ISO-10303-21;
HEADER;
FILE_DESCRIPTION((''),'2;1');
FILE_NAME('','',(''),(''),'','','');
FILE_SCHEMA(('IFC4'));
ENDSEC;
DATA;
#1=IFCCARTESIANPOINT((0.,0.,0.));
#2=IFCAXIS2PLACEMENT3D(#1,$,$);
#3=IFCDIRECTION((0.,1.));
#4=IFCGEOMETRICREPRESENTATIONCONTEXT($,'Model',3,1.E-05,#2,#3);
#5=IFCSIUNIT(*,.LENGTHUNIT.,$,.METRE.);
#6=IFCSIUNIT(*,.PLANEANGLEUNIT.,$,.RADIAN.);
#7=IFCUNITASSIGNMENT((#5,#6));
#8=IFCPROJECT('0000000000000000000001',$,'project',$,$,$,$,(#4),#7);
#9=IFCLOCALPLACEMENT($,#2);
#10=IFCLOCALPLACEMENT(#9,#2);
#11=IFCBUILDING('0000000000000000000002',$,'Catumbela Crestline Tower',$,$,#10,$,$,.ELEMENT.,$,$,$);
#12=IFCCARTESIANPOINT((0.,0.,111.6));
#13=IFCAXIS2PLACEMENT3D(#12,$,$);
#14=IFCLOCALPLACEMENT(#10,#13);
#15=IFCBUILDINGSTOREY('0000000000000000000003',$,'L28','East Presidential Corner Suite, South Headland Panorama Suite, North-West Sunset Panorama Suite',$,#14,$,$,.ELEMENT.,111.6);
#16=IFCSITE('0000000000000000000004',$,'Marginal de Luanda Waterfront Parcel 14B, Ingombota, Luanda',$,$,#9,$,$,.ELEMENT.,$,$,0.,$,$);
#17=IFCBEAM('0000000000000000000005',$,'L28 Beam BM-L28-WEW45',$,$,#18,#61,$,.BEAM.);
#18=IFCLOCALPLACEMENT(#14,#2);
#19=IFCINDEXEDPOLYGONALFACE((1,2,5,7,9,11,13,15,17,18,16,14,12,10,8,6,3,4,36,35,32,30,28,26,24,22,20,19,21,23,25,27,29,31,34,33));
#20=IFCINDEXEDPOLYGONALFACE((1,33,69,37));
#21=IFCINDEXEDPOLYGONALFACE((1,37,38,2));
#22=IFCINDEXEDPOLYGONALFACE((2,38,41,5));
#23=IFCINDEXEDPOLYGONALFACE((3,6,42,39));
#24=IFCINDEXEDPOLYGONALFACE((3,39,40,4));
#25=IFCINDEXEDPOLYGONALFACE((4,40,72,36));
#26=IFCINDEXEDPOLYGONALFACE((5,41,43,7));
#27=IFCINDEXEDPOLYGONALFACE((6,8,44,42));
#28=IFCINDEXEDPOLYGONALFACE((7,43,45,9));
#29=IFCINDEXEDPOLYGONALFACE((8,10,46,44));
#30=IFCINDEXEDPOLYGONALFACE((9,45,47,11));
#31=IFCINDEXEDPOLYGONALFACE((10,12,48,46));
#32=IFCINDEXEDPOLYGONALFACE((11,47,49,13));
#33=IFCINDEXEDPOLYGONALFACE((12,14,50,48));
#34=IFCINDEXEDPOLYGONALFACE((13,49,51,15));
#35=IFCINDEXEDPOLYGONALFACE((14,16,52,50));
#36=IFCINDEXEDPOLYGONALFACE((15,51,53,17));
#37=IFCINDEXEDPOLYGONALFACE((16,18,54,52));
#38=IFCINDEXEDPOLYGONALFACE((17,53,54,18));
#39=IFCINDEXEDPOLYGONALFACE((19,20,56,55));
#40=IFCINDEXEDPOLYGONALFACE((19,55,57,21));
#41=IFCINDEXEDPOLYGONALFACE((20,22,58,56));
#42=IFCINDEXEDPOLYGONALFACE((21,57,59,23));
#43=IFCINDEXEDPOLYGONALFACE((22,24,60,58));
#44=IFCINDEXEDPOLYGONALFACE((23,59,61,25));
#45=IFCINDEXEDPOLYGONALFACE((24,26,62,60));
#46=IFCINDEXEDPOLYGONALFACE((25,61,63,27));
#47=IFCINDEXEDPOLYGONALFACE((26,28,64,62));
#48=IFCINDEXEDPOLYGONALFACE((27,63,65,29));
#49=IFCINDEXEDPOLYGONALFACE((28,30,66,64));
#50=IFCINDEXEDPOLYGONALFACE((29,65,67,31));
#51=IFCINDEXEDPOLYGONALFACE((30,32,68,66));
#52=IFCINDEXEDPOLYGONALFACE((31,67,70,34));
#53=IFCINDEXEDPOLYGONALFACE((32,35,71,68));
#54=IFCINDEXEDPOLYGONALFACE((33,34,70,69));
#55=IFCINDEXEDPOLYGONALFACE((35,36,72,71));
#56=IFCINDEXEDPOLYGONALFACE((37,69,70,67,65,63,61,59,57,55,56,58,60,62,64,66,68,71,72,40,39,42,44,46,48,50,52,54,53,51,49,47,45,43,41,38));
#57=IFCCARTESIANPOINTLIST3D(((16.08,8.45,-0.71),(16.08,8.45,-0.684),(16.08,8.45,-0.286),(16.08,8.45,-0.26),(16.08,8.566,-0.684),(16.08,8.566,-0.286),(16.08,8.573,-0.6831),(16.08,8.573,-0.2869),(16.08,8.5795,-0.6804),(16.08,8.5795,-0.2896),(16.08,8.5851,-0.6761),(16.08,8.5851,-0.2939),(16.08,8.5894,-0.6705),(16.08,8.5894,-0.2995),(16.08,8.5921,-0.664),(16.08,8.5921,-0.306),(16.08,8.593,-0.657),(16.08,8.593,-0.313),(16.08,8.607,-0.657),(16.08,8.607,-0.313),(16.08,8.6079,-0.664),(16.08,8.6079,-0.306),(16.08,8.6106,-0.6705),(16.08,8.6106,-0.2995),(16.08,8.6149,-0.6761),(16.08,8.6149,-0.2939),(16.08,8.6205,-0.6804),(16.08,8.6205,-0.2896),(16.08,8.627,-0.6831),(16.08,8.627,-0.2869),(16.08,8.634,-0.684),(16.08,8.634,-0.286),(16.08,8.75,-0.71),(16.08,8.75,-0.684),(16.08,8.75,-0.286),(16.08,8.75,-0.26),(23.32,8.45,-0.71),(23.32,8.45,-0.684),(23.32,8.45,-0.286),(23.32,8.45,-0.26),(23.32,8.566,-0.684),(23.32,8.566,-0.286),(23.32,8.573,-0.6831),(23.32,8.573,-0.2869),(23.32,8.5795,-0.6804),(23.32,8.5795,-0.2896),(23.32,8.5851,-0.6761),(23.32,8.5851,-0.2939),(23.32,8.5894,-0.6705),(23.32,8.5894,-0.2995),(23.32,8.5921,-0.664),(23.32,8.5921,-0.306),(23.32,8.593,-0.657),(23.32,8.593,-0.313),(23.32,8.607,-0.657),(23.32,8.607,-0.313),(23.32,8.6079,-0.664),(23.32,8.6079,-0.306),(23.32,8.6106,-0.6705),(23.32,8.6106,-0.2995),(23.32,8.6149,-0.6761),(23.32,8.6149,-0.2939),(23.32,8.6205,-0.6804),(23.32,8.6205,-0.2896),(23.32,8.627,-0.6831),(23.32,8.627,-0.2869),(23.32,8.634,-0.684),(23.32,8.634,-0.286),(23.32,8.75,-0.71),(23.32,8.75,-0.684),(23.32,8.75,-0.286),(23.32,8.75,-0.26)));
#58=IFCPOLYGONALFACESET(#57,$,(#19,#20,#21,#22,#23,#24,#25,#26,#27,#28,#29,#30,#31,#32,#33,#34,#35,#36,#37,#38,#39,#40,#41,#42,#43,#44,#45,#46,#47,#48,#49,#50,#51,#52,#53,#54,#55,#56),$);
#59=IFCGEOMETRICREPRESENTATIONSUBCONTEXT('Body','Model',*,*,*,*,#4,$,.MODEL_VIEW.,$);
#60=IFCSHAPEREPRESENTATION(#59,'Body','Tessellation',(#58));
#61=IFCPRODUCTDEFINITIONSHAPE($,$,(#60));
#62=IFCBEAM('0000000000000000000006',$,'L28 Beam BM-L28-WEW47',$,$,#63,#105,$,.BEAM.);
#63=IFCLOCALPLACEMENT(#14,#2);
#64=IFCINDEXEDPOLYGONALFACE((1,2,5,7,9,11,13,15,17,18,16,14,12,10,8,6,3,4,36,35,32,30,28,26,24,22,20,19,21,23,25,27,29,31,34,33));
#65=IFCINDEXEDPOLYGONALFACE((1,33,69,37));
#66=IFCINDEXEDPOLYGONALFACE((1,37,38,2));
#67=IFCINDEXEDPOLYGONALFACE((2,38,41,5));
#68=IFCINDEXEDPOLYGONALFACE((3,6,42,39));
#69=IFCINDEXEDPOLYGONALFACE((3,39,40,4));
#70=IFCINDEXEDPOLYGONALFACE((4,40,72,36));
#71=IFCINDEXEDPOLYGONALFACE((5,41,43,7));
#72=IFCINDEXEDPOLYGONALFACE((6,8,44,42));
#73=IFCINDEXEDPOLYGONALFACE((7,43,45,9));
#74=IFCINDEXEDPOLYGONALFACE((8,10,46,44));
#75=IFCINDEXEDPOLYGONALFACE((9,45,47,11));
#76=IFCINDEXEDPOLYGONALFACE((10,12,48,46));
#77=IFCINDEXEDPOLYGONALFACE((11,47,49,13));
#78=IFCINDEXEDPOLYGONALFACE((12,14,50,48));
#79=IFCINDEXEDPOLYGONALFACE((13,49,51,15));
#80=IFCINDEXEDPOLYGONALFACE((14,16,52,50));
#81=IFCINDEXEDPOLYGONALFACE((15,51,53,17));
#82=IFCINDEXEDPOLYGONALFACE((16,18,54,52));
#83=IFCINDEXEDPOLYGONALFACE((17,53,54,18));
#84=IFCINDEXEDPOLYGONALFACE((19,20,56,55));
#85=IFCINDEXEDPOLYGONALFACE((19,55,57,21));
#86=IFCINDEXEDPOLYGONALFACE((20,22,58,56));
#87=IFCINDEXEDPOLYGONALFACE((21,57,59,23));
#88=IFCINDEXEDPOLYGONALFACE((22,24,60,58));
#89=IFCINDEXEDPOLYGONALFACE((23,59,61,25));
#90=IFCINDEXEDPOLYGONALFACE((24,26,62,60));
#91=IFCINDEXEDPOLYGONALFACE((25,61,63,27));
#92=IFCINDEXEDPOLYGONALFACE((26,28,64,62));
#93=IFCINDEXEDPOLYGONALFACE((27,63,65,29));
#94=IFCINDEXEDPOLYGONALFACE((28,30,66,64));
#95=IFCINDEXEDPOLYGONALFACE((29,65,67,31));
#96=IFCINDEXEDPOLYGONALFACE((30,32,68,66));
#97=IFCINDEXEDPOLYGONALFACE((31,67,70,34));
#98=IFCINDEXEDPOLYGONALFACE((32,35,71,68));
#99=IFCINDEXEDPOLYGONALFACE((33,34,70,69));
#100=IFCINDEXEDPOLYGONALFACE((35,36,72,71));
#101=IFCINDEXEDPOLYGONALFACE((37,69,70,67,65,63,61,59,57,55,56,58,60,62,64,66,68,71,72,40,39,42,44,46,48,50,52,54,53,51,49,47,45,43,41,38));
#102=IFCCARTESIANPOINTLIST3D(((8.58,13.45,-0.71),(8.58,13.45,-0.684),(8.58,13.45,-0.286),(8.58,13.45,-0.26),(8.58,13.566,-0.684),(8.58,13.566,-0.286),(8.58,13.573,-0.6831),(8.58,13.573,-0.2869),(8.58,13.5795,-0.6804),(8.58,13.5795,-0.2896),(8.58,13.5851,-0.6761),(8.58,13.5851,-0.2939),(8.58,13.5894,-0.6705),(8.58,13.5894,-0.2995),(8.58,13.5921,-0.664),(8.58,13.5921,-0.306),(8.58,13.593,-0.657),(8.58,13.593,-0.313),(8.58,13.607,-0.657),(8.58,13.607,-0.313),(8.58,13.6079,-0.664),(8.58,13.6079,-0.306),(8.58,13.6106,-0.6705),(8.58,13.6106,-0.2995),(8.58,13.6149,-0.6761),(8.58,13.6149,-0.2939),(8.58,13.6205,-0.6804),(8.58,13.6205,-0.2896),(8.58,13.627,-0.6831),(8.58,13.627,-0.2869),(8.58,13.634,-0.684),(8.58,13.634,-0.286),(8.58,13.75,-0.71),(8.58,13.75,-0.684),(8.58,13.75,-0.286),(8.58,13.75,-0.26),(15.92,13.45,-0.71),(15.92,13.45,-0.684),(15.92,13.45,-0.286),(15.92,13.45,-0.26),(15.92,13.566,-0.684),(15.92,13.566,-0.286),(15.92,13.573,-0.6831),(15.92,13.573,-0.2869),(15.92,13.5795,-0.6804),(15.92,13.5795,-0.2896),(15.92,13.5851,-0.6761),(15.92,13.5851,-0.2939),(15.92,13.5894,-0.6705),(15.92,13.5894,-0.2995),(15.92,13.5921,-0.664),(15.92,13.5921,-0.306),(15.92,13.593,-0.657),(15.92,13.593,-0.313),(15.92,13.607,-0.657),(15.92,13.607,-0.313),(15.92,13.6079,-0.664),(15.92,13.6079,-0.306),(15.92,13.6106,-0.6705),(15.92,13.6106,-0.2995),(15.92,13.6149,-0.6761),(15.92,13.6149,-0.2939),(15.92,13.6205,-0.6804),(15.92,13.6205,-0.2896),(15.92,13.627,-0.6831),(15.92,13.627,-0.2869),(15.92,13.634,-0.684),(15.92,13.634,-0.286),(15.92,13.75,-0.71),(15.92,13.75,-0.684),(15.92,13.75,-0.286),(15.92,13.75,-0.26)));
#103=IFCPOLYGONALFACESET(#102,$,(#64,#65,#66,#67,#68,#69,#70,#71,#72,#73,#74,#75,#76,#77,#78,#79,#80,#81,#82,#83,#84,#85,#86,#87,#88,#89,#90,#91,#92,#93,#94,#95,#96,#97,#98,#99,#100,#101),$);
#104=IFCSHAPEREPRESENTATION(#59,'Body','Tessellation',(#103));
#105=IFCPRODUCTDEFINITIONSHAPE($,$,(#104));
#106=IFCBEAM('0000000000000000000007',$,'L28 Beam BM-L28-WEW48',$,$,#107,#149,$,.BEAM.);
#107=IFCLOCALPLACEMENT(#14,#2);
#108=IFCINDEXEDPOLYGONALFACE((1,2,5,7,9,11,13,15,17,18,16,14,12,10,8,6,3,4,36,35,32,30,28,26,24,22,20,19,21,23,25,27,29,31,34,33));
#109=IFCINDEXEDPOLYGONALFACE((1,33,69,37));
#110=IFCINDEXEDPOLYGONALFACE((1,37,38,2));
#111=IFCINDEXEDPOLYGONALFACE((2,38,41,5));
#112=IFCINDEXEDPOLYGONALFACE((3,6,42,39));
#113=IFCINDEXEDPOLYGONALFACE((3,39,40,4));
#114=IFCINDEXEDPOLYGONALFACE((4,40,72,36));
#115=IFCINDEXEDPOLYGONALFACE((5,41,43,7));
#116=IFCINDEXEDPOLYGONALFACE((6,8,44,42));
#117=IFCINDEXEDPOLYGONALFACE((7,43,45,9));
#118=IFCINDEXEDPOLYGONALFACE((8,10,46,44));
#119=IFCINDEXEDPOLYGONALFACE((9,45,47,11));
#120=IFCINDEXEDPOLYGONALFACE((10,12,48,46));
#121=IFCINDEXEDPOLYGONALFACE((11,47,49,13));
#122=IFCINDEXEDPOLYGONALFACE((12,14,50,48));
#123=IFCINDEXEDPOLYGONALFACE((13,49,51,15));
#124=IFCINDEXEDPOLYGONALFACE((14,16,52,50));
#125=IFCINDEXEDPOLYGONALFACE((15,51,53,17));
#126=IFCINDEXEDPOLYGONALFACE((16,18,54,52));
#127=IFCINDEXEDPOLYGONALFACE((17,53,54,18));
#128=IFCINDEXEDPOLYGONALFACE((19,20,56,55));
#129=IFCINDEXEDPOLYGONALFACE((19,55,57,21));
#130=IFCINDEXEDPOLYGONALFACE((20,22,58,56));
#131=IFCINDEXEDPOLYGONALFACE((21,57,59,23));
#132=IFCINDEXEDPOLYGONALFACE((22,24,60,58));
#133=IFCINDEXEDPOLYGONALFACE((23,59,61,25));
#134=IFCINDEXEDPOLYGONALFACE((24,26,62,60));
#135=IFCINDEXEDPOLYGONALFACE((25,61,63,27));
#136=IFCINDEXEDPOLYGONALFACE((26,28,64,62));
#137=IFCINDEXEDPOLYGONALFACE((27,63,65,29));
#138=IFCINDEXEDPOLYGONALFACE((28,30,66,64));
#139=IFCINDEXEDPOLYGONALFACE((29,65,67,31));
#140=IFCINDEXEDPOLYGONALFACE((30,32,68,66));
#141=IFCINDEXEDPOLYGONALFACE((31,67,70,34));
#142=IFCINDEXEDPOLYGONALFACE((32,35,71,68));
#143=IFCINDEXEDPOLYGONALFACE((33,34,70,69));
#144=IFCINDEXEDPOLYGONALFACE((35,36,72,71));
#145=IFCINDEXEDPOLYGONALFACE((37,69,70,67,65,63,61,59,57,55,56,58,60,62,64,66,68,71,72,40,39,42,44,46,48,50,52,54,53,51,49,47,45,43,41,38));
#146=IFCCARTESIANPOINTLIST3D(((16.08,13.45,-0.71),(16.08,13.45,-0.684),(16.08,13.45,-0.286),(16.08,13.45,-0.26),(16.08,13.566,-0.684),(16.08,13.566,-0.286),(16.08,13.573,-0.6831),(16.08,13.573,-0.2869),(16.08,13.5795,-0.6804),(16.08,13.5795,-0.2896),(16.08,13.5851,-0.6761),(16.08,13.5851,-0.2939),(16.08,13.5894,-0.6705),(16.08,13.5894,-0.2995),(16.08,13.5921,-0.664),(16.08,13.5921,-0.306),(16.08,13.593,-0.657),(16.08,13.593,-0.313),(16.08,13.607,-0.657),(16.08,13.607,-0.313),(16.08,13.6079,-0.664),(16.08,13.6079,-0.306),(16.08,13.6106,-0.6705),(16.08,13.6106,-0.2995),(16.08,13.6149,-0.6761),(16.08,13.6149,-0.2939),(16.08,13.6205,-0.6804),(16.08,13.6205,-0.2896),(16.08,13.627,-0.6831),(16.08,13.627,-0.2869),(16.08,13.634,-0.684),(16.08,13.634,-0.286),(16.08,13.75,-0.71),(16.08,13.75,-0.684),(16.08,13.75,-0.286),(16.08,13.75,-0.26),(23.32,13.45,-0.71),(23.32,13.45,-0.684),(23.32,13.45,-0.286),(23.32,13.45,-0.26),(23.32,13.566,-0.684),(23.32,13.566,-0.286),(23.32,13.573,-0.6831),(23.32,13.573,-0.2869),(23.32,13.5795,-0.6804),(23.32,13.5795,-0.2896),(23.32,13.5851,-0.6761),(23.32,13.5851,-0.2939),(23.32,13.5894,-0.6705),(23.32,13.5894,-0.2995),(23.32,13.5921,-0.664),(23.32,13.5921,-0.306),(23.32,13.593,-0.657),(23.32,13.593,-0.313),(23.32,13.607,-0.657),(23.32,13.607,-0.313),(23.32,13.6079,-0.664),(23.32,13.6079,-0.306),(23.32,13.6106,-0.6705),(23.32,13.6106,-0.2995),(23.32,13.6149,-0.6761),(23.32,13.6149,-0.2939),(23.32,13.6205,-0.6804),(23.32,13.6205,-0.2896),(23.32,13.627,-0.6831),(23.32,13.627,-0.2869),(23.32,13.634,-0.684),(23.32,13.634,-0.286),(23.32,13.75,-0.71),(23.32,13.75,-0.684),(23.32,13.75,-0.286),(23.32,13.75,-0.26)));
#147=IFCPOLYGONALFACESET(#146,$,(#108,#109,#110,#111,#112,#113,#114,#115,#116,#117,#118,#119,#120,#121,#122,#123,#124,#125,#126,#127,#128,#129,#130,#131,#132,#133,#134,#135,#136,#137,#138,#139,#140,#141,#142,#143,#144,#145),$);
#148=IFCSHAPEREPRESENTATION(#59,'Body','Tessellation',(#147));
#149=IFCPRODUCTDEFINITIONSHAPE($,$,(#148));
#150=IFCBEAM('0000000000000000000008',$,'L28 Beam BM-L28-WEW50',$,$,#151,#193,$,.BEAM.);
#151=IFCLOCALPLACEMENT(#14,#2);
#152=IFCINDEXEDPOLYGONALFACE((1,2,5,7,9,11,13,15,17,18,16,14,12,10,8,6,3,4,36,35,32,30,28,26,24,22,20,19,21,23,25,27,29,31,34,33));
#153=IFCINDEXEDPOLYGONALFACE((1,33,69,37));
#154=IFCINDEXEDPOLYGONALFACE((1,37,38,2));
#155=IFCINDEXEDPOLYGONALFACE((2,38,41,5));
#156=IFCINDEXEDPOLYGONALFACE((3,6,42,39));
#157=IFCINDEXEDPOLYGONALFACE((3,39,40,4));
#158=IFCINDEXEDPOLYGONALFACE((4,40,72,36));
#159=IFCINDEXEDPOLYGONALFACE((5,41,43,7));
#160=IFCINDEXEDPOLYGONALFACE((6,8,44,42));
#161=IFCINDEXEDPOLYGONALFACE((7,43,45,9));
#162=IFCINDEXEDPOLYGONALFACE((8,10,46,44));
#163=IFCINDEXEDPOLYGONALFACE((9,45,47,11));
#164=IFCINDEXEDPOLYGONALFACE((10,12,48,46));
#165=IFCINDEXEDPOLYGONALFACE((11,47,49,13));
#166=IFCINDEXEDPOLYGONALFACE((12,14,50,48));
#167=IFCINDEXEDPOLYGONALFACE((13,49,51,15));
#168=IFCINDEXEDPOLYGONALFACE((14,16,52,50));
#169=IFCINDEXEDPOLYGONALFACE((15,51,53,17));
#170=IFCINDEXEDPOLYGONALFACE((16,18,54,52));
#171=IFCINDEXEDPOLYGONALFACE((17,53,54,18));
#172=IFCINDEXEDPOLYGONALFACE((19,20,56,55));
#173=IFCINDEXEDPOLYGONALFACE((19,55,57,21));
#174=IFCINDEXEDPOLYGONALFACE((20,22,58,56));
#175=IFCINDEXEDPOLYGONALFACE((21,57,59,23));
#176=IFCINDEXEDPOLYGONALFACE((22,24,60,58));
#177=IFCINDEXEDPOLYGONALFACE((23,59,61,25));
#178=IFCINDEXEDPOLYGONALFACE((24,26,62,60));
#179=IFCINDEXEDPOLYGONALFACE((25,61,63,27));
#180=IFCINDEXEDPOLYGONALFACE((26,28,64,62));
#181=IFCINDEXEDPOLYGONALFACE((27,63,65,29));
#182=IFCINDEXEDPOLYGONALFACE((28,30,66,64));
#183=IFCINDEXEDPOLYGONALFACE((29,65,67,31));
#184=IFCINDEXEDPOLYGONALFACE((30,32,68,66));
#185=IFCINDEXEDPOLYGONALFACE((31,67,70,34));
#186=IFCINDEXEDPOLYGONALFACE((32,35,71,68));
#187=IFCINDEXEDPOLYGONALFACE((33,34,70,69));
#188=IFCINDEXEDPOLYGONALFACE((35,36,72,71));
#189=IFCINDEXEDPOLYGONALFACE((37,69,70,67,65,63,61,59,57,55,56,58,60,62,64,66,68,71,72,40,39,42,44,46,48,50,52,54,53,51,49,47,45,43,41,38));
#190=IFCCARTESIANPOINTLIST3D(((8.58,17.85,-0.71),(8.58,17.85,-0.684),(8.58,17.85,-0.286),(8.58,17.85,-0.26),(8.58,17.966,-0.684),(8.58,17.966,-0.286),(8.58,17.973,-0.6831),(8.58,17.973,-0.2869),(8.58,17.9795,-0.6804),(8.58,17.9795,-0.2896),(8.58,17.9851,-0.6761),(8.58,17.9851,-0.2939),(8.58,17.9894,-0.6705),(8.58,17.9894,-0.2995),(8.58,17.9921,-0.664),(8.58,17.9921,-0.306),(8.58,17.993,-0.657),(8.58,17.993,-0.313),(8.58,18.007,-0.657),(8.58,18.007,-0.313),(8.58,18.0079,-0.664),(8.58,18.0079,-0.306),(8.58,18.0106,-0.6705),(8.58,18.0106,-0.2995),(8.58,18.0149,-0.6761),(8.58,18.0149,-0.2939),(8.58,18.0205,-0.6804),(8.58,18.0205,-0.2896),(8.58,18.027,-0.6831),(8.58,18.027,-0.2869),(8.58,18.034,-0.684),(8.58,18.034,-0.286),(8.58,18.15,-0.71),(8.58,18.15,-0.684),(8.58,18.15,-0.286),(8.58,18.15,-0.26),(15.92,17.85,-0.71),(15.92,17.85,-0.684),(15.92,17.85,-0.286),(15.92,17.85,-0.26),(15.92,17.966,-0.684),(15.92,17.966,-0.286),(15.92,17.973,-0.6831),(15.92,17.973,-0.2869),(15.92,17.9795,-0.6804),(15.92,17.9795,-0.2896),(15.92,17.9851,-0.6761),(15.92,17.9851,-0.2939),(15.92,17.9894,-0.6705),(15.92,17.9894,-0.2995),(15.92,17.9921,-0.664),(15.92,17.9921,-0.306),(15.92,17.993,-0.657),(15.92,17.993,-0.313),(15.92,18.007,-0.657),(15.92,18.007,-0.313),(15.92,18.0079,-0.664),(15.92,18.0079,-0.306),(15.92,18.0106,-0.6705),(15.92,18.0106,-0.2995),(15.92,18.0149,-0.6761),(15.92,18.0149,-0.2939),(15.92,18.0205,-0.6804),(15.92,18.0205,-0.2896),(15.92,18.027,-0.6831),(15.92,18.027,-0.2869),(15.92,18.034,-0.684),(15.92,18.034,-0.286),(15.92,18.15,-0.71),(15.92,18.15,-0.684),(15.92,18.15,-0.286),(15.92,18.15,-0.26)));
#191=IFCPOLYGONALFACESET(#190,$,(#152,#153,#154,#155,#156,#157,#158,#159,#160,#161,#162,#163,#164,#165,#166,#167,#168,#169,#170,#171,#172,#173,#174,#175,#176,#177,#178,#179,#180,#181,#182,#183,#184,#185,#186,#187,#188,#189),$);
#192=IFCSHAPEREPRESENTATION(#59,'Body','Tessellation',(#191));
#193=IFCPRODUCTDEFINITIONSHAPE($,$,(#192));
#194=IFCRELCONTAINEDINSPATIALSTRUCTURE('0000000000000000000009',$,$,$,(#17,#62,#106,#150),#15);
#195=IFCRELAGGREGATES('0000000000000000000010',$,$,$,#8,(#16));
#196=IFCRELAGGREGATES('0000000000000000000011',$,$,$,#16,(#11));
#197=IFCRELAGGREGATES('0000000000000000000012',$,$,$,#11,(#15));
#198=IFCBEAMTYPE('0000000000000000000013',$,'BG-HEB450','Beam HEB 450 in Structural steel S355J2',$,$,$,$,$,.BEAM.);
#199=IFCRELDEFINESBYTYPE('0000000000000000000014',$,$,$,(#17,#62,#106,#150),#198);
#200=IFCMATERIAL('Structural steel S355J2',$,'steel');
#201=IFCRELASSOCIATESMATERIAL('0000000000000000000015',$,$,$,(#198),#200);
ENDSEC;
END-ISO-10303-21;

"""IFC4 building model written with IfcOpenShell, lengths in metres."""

from ifc_helpers import new_model, si_unit, direction, frame, origin, origin_2d, place, context, subcontext, project, spatial, i_section, extrude, material, material_profile, profile_set, type_object, element, save


model = new_model("IFC4")

# Units and contexts
model_context = context("Model", 3, precision=1e-05, world=origin(), true_north=direction((0.0, 1.0)))
body_context = subcontext(model_context, "Body", "Model", "MODEL_VIEW")
ifc_project = project(units=[si_unit("LENGTHUNIT", "METRE"), si_unit("PLANEANGLEUNIT", "RADIAN")], contexts=[model_context])

# Site, building, storey
site_placement = place(None, origin())
site = spatial("IfcSite", under=ifc_project, at=site_placement, Name="Marginal de Luanda Waterfront Parcel 14B, Ingombota, Luanda", CompositionType="ELEMENT", RefElevation=0.0)
building_placement = place(site_placement, origin())
building = spatial("IfcBuilding", under=site, at=building_placement, Name="Catumbela Crestline Tower", CompositionType="ELEMENT")
storey_placement = place(building_placement, frame((0.0, 0.0, 111.6)))
storey = spatial("IfcBuildingStorey", under=building, at=storey_placement, Name="L28", Description="East Presidential Corner Suite, South Headland Panorama Suite, North-West Sunset Panorama Suite", CompositionType="ELEMENT", Elevation=111.6)

# Beams
ifc_material_1 = material(Name="Structural steel S355J2", Category="steel")
ifc_material_profile_1 = material_profile(ifc_material_1, i_section(OverallWidth=0.3, OverallDepth=0.45, WebThickness=0.014, FlangeThickness=0.026, FilletRadius=0.027, at=origin_2d()), Name="HEB 450")
ifc_profile_set_1 = profile_set([ifc_material_profile_1], Name="Structural steel S355J2")
beam_type_1 = type_object("IfcBeamType", Name="BG-HEB450", Description="Beam HEB 450 in Structural steel S355J2", PredefinedType="BEAM", material=ifc_profile_set_1)
beam_1_placement = place(storey_placement, frame((16.08, 8.6, -0.485), z_axis=(1.0, 0.0, 0.0), x_axis=(0.0, 1.0, 0.0)))
element("IfcBeam", 1, at=beam_1_placement, inside=storey, type_object=beam_type_1, Name="L28 Beam BM-L28-WEW45", PredefinedType="BEAM", context=body_context, shape_type="SweptSolid", body=[
    extrude(i_section(OverallWidth=0.3, OverallDepth=0.45, WebThickness=0.014, FlangeThickness=0.026, FilletRadius=0.027, at=origin_2d()), origin(), (0.0, 0.0, 1.0), 7.24),
])
beam_2_placement = place(storey_placement, frame((8.58, 13.6, -0.485), z_axis=(1.0, 0.0, 0.0), x_axis=(0.0, 1.0, 0.0)))
element("IfcBeam", 2, at=beam_2_placement, inside=storey, type_object=beam_type_1, Name="L28 Beam BM-L28-WEW47", PredefinedType="BEAM", context=body_context, shape_type="SweptSolid", body=[
    extrude(i_section(OverallWidth=0.3, OverallDepth=0.45, WebThickness=0.014, FlangeThickness=0.026, FilletRadius=0.027, at=origin_2d()), origin(), (0.0, 0.0, 1.0), 7.34),
])
beam_3_placement = place(storey_placement, frame((16.08, 13.6, -0.485), z_axis=(1.0, 0.0, 0.0), x_axis=(0.0, 1.0, 0.0)))
element("IfcBeam", 3, at=beam_3_placement, inside=storey, type_object=beam_type_1, Name="L28 Beam BM-L28-WEW48", PredefinedType="BEAM", context=body_context, shape_type="SweptSolid", body=[
    extrude(i_section(OverallWidth=0.3, OverallDepth=0.45, WebThickness=0.014, FlangeThickness=0.026, FilletRadius=0.027, at=origin_2d()), origin(), (0.0, 0.0, 1.0), 7.24),
])
beam_4_placement = place(storey_placement, frame((8.58, 18.0, -0.485), z_axis=(1.0, 0.0, 0.0), x_axis=(0.0, 1.0, 0.0)))
element("IfcBeam", 4, at=beam_4_placement, inside=storey, type_object=beam_type_1, Name="L28 Beam BM-L28-WEW50", PredefinedType="BEAM", context=body_context, shape_type="SweptSolid", body=[
    extrude(i_section(OverallWidth=0.3, OverallDepth=0.45, WebThickness=0.014, FlangeThickness=0.026, FilletRadius=0.027, at=origin_2d()), origin(), (0.0, 0.0, 1.0), 7.34),
])

save(model, "model.ifc")
